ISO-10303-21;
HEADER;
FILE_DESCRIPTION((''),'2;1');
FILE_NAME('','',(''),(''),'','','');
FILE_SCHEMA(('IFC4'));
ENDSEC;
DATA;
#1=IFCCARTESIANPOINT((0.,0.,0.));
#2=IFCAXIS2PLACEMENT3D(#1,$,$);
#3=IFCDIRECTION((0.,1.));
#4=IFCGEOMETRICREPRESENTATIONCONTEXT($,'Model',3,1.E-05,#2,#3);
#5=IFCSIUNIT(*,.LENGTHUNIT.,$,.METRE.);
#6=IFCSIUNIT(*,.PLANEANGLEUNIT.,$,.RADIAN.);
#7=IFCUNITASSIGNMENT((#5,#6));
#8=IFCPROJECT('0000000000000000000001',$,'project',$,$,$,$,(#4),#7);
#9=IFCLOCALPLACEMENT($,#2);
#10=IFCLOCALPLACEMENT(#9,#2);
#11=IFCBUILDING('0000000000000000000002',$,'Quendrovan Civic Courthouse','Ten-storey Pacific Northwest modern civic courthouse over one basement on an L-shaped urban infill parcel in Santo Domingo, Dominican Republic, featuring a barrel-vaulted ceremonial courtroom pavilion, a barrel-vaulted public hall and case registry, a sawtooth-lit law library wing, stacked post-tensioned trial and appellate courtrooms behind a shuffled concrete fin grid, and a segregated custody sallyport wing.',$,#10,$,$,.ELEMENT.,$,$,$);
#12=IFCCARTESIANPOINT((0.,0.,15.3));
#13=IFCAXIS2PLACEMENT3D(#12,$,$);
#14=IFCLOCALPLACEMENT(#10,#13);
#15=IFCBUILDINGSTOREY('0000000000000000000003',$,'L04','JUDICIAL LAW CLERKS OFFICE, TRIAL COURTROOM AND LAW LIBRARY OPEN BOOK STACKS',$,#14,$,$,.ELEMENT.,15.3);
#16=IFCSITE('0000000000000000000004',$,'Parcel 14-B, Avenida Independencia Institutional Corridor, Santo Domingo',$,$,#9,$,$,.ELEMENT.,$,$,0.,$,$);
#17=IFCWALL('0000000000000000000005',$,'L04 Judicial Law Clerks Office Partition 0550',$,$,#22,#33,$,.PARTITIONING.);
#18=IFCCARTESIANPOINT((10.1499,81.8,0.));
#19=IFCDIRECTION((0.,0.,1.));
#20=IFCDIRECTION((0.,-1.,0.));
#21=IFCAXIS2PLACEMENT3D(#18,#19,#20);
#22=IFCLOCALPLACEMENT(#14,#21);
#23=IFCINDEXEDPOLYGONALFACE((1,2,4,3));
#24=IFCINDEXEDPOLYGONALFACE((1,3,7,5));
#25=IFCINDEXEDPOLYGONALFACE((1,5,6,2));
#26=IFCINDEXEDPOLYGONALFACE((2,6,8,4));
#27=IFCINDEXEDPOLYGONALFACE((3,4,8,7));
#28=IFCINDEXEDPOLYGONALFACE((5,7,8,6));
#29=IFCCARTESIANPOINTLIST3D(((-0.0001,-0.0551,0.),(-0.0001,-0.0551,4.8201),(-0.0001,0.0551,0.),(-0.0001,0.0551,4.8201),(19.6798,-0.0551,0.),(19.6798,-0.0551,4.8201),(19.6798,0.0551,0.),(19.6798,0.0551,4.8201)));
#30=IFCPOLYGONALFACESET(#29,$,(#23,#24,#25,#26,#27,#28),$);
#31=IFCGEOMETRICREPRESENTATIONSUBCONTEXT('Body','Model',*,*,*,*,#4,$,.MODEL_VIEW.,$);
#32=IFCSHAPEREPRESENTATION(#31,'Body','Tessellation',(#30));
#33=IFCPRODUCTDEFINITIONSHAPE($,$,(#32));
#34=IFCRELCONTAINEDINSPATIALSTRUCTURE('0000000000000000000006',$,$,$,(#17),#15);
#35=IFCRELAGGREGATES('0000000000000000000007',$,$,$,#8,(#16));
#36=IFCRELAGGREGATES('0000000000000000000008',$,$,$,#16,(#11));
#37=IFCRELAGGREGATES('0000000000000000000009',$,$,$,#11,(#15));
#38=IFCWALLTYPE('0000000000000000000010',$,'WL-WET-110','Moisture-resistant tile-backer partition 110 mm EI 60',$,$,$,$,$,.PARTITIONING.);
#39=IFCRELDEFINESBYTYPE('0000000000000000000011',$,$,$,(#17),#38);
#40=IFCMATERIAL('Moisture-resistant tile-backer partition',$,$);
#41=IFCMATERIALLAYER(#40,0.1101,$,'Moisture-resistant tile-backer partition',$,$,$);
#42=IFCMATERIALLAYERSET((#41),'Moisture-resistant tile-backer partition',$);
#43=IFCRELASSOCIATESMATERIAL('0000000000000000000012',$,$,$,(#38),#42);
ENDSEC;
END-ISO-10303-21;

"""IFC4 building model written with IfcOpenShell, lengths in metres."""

from ifc_helpers import new_model, si_unit, direction, frame, frame_2d, origin, place, context, subcontext, project, spatial, rectangle, extrude, material, layer, layer_set, type_object, element, save


model = new_model("IFC4")

# Units and contexts
model_context = context("Model", 3, precision=1e-05, world=origin(), true_north=direction((0.0, 1.0)))
body_context = subcontext(model_context, "Body", "Model", "MODEL_VIEW")
ifc_project = project(units=[si_unit("LENGTHUNIT", "METRE"), si_unit("PLANEANGLEUNIT", "RADIAN")], contexts=[model_context])

# Site, building, storey
site_placement = place(None, origin())
site = spatial("IfcSite", under=ifc_project, at=site_placement, Name="Parcel 14-B, Avenida Independencia Institutional Corridor, Santo Domingo", CompositionType="ELEMENT", RefElevation=0.0)
building_placement = place(site_placement, origin())
building = spatial("IfcBuilding", under=site, at=building_placement, Name="Quendrovan Civic Courthouse", Description="Ten-storey Pacific Northwest modern civic courthouse over one basement on an L-shaped urban infill parcel in Santo Domingo, Dominican Republic, featuring a barrel-vaulted ceremonial courtroom pavilion, a barrel-vaulted public hall and case registry, a sawtooth-lit law library wing, stacked post-tensioned trial and appellate courtrooms behind a shuffled concrete fin grid, and a segregated custody sallyport wing.", CompositionType="ELEMENT")
storey_placement = place(building_placement, frame((0.0, 0.0, 15.3)))
storey = spatial("IfcBuildingStorey", under=building, at=storey_placement, Name="L04", Description="JUDICIAL LAW CLERKS OFFICE, TRIAL COURTROOM AND LAW LIBRARY OPEN BOOK STACKS", CompositionType="ELEMENT", Elevation=15.3)

# Wall
ifc_material_1 = material(Name="Moisture-resistant tile-backer partition")
ifc_layer_1 = layer(ifc_material_1, 0.1101, Name="Moisture-resistant tile-backer partition")
ifc_layer_set_1 = layer_set([ifc_layer_1], Name="Moisture-resistant tile-backer partition")
wall_type_1 = type_object("IfcWallType", Name="WL-WET-110", Description="Moisture-resistant tile-backer partition 110 mm EI 60", PredefinedType="PARTITIONING", material=ifc_layer_set_1)
wall_1_placement = place(storey_placement, frame((10.1499, 81.8, 0.0), z_axis=(0.0, 0.0, 1.0), x_axis=(0.0, -1.0, 0.0)))
element("IfcWall", 1, at=wall_1_placement, inside=storey, type_object=wall_type_1, Name="L04 Judicial Law Clerks Office Partition 0550", PredefinedType="PARTITIONING", context=body_context, shape_type="SweptSolid", body=[
    extrude(rectangle(XDim=19.6799, YDim=0.1101, at=frame_2d((9.8398, 0.0))), origin(), (0.0, 0.0, 1.0), 4.8201),
])

save(model, "model.ifc")
